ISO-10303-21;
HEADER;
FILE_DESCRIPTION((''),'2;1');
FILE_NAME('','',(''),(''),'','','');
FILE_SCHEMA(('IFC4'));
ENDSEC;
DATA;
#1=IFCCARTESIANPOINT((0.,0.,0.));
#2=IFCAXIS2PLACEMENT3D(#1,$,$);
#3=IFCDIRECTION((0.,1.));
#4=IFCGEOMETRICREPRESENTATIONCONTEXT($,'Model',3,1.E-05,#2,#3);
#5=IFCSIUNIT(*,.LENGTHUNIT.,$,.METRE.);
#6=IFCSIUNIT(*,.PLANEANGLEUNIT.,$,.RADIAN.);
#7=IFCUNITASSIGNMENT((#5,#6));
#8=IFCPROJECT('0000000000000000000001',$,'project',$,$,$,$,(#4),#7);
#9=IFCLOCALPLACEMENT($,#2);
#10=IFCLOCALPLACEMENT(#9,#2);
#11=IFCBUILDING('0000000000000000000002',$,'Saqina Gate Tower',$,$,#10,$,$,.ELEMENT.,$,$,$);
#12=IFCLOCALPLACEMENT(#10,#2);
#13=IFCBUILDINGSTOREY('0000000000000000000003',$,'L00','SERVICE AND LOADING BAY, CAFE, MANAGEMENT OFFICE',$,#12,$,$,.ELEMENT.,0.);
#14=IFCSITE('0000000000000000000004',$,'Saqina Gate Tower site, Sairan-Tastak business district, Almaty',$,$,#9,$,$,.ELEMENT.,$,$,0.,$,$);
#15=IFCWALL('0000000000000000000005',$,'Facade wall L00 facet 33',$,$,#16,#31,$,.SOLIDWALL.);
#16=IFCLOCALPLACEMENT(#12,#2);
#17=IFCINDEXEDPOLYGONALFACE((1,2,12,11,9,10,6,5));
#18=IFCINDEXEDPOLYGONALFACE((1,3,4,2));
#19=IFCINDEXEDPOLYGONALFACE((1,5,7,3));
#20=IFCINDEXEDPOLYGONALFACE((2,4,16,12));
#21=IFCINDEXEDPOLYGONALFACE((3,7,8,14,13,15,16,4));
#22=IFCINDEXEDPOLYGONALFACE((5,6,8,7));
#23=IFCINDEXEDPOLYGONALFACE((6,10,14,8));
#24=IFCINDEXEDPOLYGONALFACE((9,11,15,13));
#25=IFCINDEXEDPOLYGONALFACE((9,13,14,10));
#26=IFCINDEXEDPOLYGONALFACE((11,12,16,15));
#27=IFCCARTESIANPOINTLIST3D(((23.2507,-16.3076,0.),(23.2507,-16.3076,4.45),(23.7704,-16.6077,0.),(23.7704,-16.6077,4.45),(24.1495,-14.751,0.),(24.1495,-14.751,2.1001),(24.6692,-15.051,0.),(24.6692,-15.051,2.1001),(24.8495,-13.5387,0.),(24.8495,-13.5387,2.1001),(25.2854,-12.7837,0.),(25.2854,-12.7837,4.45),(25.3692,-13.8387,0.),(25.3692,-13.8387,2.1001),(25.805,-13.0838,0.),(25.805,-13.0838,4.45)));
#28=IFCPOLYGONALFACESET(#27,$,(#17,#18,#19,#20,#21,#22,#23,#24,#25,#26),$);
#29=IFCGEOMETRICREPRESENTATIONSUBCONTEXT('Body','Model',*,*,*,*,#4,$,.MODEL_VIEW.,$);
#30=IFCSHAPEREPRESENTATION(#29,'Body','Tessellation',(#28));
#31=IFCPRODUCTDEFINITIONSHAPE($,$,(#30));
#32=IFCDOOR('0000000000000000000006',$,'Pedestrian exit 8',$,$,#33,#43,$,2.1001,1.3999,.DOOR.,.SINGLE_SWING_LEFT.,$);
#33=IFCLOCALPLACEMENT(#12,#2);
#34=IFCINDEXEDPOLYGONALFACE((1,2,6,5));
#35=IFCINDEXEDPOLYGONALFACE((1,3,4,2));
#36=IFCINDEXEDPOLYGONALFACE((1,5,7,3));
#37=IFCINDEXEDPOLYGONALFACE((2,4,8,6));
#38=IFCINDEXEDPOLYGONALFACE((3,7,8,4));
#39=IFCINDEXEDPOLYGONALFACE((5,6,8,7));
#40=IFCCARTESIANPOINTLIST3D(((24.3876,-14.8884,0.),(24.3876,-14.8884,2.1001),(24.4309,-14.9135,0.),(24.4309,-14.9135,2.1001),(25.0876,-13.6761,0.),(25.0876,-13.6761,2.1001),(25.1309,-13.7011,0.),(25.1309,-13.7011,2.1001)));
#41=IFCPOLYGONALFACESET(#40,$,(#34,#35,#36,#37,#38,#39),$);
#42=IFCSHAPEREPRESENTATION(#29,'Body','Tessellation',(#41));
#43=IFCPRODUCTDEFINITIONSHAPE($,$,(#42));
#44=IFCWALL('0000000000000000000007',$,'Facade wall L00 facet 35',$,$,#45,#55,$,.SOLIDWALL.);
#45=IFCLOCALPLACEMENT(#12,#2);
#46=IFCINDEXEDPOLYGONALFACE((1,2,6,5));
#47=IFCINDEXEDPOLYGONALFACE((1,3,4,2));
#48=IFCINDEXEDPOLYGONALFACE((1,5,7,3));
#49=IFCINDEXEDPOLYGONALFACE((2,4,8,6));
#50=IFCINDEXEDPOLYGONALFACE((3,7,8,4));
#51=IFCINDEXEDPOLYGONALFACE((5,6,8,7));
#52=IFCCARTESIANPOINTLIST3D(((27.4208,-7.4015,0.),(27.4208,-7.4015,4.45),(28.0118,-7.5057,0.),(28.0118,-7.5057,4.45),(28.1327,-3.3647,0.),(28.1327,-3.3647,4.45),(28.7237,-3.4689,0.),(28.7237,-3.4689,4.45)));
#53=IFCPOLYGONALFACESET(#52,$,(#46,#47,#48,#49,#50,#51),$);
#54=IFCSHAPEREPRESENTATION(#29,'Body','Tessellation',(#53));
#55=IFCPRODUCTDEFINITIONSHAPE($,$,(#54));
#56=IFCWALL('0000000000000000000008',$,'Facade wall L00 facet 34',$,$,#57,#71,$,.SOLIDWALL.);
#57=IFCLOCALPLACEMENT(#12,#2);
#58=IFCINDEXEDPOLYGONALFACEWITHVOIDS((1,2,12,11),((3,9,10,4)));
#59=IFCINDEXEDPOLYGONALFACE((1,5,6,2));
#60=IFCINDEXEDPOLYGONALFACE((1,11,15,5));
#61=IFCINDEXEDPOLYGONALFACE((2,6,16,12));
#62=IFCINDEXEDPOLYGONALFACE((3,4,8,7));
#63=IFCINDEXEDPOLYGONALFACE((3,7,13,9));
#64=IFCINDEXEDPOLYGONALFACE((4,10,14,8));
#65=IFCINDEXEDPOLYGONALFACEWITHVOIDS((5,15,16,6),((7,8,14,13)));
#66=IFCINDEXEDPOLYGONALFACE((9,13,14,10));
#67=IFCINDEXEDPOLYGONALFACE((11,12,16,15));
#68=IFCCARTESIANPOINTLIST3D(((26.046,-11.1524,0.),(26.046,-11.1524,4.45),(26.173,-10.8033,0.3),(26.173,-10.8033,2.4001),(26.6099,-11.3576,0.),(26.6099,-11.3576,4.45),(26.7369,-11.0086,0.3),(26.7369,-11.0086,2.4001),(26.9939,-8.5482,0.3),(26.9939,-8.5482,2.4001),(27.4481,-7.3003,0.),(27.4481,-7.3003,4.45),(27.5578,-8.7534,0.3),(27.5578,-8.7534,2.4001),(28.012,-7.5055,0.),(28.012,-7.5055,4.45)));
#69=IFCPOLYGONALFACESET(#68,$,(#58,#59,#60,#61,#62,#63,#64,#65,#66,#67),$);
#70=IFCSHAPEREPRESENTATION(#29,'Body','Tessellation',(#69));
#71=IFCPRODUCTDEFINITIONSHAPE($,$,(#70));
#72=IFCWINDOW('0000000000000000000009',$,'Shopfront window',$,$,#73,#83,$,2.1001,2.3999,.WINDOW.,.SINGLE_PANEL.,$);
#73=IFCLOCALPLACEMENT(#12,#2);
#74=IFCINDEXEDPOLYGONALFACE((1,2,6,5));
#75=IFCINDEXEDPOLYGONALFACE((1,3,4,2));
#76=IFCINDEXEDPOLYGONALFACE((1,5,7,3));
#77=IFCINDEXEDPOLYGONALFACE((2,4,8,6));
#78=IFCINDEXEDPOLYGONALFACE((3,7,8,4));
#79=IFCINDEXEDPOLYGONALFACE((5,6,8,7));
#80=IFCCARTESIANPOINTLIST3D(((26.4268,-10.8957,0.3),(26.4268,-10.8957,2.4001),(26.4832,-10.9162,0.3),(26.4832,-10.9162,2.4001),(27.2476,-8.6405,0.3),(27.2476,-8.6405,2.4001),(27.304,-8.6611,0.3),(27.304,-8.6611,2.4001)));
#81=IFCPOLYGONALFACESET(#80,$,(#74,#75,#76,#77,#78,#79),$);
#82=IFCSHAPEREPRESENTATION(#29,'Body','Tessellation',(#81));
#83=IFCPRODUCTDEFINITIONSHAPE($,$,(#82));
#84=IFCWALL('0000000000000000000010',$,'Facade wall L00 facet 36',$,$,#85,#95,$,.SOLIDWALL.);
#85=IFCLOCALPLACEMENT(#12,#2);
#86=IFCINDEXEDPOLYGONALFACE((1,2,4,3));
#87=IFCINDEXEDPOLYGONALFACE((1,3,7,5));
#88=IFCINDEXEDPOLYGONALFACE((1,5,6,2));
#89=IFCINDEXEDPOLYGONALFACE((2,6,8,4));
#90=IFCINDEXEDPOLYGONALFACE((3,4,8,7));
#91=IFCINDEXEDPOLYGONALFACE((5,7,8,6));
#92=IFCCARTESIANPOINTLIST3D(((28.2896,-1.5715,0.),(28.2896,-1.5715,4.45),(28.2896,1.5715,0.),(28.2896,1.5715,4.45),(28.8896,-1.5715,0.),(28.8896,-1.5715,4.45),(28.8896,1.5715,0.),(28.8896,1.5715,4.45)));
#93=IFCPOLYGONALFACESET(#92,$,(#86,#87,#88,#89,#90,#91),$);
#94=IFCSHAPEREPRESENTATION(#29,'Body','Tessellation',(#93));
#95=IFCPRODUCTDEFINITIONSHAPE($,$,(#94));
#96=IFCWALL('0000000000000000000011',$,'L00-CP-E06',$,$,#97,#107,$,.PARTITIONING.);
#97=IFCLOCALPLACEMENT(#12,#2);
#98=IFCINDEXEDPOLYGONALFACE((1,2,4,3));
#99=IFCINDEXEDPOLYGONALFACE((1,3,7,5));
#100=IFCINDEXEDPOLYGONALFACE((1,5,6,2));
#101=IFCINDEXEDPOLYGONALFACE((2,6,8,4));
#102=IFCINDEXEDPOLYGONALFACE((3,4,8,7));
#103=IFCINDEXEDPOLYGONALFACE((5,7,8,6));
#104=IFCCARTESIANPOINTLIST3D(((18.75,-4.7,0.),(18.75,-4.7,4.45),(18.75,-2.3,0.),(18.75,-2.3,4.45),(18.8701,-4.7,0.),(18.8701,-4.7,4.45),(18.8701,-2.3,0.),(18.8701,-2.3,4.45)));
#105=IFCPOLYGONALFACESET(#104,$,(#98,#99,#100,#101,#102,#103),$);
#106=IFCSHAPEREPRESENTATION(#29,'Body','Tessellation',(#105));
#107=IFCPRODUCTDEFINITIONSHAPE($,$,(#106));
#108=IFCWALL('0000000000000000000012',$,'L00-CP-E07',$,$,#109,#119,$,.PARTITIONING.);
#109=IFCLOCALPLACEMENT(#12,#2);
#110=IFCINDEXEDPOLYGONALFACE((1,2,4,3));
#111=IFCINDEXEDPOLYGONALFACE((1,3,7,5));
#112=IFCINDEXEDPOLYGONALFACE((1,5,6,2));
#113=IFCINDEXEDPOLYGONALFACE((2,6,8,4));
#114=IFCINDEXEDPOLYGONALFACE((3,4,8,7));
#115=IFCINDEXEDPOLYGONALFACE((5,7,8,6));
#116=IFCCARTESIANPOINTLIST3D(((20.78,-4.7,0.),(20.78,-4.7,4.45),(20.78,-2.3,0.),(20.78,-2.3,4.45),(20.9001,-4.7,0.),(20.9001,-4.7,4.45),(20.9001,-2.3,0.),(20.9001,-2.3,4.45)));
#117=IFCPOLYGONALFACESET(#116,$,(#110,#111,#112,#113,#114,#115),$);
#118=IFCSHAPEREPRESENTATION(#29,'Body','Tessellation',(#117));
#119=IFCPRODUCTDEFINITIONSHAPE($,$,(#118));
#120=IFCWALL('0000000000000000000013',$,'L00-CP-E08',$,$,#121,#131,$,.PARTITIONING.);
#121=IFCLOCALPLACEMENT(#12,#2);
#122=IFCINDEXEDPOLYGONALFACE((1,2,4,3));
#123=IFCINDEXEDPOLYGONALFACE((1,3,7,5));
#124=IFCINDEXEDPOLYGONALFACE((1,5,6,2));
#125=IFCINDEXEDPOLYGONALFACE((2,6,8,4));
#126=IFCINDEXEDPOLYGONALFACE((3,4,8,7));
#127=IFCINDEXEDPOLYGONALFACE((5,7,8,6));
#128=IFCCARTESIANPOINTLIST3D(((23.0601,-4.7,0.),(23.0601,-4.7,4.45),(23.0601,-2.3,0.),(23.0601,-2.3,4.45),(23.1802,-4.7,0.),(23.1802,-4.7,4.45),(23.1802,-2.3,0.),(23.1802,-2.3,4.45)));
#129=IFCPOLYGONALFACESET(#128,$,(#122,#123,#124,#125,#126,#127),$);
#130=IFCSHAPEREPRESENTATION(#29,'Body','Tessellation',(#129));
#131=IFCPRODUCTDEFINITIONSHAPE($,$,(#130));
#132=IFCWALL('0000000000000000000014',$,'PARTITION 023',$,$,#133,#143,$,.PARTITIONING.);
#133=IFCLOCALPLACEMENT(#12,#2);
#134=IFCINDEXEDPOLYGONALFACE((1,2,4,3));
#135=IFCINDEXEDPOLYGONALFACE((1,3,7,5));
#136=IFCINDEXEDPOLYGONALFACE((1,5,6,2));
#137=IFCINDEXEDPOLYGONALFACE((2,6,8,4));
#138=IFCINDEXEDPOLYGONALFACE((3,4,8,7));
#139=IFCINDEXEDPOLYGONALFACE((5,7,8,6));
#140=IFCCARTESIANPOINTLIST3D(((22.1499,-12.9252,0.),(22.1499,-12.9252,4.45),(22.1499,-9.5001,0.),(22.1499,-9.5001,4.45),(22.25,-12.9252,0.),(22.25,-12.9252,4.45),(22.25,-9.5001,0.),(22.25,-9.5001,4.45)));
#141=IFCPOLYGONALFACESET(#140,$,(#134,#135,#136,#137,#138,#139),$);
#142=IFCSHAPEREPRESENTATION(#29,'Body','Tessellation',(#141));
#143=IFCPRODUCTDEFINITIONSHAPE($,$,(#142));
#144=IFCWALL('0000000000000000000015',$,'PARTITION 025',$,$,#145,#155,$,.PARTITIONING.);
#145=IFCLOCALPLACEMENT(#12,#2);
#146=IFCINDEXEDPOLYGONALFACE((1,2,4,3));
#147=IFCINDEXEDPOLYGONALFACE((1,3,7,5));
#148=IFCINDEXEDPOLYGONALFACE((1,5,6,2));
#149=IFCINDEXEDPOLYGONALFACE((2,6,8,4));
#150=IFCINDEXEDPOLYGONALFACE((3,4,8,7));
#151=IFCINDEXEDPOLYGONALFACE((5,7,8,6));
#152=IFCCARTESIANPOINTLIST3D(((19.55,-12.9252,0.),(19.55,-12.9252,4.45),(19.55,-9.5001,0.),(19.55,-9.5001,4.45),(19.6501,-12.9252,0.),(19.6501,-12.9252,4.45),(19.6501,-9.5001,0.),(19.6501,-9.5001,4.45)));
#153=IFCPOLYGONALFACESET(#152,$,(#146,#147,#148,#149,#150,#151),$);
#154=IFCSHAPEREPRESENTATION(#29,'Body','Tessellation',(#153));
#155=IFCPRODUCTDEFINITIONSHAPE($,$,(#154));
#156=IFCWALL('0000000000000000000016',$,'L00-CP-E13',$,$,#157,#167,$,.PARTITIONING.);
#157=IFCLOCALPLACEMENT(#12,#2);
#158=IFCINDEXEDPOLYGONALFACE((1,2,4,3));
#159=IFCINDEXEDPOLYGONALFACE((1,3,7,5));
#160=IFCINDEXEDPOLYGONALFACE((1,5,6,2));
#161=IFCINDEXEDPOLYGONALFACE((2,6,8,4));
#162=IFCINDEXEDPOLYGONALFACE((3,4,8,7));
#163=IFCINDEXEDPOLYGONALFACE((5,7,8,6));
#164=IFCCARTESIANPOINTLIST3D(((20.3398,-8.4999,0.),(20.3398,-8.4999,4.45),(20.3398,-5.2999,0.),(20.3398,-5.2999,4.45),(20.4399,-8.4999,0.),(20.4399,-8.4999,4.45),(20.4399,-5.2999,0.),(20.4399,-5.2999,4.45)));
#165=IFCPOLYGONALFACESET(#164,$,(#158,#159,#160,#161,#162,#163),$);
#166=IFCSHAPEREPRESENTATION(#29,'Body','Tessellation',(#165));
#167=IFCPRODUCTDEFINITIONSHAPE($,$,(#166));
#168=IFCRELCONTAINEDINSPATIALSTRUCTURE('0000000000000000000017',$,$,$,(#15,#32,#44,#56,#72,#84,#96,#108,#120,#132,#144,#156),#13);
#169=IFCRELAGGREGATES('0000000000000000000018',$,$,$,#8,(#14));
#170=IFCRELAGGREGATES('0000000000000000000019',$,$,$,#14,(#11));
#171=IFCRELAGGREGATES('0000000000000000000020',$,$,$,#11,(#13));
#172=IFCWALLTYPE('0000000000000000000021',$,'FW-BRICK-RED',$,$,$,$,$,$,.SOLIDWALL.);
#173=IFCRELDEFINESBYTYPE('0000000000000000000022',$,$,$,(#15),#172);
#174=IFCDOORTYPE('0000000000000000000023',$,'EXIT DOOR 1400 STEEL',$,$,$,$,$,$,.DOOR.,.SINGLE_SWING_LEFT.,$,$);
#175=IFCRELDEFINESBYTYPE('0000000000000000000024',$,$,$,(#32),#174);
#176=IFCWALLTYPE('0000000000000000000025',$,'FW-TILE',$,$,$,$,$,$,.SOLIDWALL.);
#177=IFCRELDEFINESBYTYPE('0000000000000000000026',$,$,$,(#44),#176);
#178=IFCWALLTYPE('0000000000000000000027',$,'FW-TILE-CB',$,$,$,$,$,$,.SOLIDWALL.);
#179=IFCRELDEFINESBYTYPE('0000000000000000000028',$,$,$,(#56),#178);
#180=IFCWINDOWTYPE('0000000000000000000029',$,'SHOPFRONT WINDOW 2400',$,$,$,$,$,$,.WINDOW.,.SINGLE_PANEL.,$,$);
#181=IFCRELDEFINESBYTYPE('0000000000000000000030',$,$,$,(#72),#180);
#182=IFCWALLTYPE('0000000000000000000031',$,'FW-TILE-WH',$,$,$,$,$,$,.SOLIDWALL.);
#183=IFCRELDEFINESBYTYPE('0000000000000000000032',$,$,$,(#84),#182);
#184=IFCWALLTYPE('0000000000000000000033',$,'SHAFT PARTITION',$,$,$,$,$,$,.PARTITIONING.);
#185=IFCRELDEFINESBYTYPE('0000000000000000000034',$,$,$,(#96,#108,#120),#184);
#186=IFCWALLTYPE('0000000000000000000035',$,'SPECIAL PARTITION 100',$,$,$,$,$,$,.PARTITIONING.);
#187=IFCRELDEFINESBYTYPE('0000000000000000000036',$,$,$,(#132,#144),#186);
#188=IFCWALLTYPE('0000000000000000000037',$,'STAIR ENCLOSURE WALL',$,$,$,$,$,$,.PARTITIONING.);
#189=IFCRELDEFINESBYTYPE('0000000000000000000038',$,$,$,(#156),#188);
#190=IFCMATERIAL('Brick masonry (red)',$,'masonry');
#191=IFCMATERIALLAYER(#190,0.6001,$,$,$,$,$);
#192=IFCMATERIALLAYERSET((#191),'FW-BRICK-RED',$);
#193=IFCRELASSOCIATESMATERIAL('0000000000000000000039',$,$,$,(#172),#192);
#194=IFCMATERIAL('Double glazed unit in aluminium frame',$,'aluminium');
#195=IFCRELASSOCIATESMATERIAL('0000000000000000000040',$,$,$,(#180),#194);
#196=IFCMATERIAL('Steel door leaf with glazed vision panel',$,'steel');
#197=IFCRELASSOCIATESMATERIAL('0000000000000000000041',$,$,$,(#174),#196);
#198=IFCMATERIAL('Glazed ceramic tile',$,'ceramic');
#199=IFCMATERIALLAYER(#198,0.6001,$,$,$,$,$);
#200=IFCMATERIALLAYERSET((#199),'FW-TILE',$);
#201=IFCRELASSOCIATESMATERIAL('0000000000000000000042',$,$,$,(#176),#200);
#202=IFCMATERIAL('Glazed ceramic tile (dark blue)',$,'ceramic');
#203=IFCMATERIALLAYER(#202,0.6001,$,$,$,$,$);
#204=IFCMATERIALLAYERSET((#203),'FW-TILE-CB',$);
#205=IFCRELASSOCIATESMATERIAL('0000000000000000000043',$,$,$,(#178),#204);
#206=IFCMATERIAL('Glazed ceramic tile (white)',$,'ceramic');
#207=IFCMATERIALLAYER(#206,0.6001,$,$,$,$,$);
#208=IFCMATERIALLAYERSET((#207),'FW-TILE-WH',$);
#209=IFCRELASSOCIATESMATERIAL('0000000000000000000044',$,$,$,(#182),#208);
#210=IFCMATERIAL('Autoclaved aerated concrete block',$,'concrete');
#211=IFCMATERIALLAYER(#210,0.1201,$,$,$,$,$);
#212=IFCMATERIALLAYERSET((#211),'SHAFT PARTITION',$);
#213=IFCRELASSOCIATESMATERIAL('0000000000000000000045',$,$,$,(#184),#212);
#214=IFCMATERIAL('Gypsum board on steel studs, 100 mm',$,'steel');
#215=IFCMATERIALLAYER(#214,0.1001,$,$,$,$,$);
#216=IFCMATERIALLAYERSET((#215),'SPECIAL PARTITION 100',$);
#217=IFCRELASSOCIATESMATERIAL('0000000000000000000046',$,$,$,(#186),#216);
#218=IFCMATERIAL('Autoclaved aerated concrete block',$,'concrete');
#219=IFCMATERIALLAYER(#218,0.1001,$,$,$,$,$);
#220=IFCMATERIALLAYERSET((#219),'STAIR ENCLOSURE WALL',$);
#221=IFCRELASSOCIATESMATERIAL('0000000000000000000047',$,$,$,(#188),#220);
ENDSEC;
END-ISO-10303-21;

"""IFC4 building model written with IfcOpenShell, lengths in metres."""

from ifc_helpers import new_model, si_unit, direction, frame, frame_2d, origin, place, context, subcontext, project, spatial, rectangle, extrude, material, layer, layer_set, type_object, element, fill, save


model = new_model("IFC4")

# Units and contexts
model_context = context("Model", 3, precision=1e-05, world=origin(), true_north=direction((0.0, 1.0)))
body_context = subcontext(model_context, "Body", "Model", "MODEL_VIEW")
ifc_project = project(units=[si_unit("LENGTHUNIT", "METRE"), si_unit("PLANEANGLEUNIT", "RADIAN")], contexts=[model_context])

# Site, building, storey
site_placement = place(None, origin())
site = spatial("IfcSite", under=ifc_project, at=site_placement, Name="Saqina Gate Tower site, Sairan-Tastak business district, Almaty", CompositionType="ELEMENT", RefElevation=0.0)
building_placement = place(site_placement, origin())
building = spatial("IfcBuilding", under=site, at=building_placement, Name="Saqina Gate Tower", CompositionType="ELEMENT")
storey_placement = place(building_placement, origin())
storey = spatial("IfcBuildingStorey", under=building, at=storey_placement, Name="L00", Description="SERVICE AND LOADING BAY, CAFE, MANAGEMENT OFFICE", CompositionType="ELEMENT", Elevation=0.0)

# Shared definitions
ifc_material_1 = material(Name="Brick masonry (red)", Category="masonry")
ifc_layer_1 = layer(ifc_material_1, 0.6001)
ifc_layer_set_1 = layer_set([ifc_layer_1], Name="FW-BRICK-RED")
wall_type_1 = type_object("IfcWallType", Name="FW-BRICK-RED", PredefinedType="SOLIDWALL", material=ifc_layer_set_1)
ifc_material_2 = material(Name="Double glazed unit in aluminium frame", Category="aluminium")
window_type = type_object("IfcWindowType", Name="SHOPFRONT WINDOW 2400", PartitioningType="SINGLE_PANEL", PredefinedType="WINDOW", material=ifc_material_2)

# Wall, opening, door
wall_1_placement = place(storey_placement, frame((23.5105, -16.4578, 0.0), z_axis=(0.0, 0.0, 1.0), x_axis=(0.500024, 0.866012, 0.0)))
wall_1 = element("IfcWall", 1, at=wall_1_placement, inside=storey, type_object=wall_type_1, Name="Facade wall L00 facet 33", PredefinedType="SOLIDWALL", context=body_context, shape_type="SweptSolid", body=[
    extrude(rectangle(XDim=4.0691, YDim=0.6001, at=frame_2d((2.0347, 0.0))), origin(), (0.0, 0.0, 1.0), 4.45),
])
opening_1_placement = place(wall_1_placement, frame((1.7976, 0.0, 0.0)))
opening_1 = element("IfcOpeningElement", 2, at=opening_1_placement, cuts=wall_1, PredefinedType="OPENING", context=body_context, shape_type="SweptSolid", body=[
    extrude(rectangle(XDim=1.3999, YDim=2.1001, at=frame_2d((0.7, 1.05))), frame((0.0, 0.312, 0.0), z_axis=(0.0, -1.0, 0.0), x_axis=(1.0, 0.0, 0.0)), (0.0, 0.0, 1.0), 0.624),
])
ifc_material_3 = material(Name="Steel door leaf with glazed vision panel", Category="steel")
door_type_1 = type_object("IfcDoorType", Name="EXIT DOOR 1400 STEEL", OperationType="SINGLE_SWING_LEFT", PredefinedType="DOOR", material=ifc_material_3)
door_1_placement = place(opening_1_placement, frame((1.3999, 0.0, 0.0), z_axis=(0.0, 0.0, 1.0), x_axis=(-1.0, 0.0, 0.0)))
door_1 = element("IfcDoor", 3, at=door_1_placement, inside=storey, type_object=door_type_1, Name="Pedestrian exit 8", OperationType="SINGLE_SWING_LEFT", OverallHeight=2.1001, OverallWidth=1.3999, PredefinedType="DOOR", context=body_context, shape_type="SweptSolid", body=[
    extrude(rectangle(XDim=1.3999, YDim=2.1001, at=frame_2d((0.7, 1.05))), frame((0.0, 0.0249, 0.0), z_axis=(0.0, -1.0, 0.0), x_axis=(1.0, 0.0, 0.0)), (0.0, 0.0, 1.0), 0.05),
])
fill(opening_1, door_1)

# Wall
ifc_material_4 = material(Name="Glazed ceramic tile", Category="ceramic")
ifc_layer_2 = layer(ifc_material_4, 0.6001)
ifc_layer_set_2 = layer_set([ifc_layer_2], Name="FW-TILE")
wall_type_2 = type_object("IfcWallType", Name="FW-TILE", PredefinedType="SOLIDWALL", material=ifc_layer_set_2)
wall_2_placement = place(storey_placement, frame((27.7163, -7.4536, 0.0), z_axis=(0.0, 0.0, 1.0), x_axis=(0.173673, 0.984803, 0.0)))
element("IfcWall", 4, at=wall_2_placement, inside=storey, type_object=wall_type_2, Name="Facade wall L00 facet 35", PredefinedType="SOLIDWALL", context=body_context, shape_type="SweptSolid", body=[
    extrude(rectangle(XDim=4.0991, YDim=0.6001, at=frame_2d((2.0496, 0.0))), origin(), (0.0, 0.0, 1.0), 4.45),
])

# Wall, opening, window
ifc_material_5 = material(Name="Glazed ceramic tile (dark blue)", Category="ceramic")
ifc_layer_3 = layer(ifc_material_5, 0.6001)
ifc_layer_set_3 = layer_set([ifc_layer_3], Name="FW-TILE-CB")
wall_type_3 = type_object("IfcWallType", Name="FW-TILE-CB", PredefinedType="SOLIDWALL", material=ifc_layer_set_3)
wall_3_placement = place(storey_placement, frame((26.3279, -11.2551, 0.0), z_axis=(0.0, 0.0, 1.0), x_axis=(0.342035, 0.939687, 0.0)))
wall_3 = element("IfcWall", 5, at=wall_3_placement, inside=storey, type_object=wall_type_3, Name="Facade wall L00 facet 34", PredefinedType="SOLIDWALL", context=body_context, shape_type="SweptSolid", body=[
    extrude(rectangle(XDim=4.0994, YDim=0.6001, at=frame_2d((2.0498, 0.0))), origin(), (0.0, 0.0, 1.0), 4.45),
])
opening_2_placement = place(wall_3_placement, frame((0.3716, 0.0, 0.3)))
opening_2 = element("IfcOpeningElement", 6, at=opening_2_placement, cuts=wall_3, PredefinedType="OPENING", context=body_context, shape_type="SweptSolid", body=[
    extrude(rectangle(XDim=2.3999, YDim=2.1001, at=frame_2d((1.2, 1.05))), frame((0.0, 0.312, 0.0), z_axis=(0.0, -1.0, 0.0), x_axis=(1.0, 0.0, 0.0)), (0.0, 0.0, 1.0), 0.624),
])
window_1_placement = place(opening_2_placement, origin())
window_1 = element("IfcWindow", 7, at=window_1_placement, inside=storey, type_object=window_type, Name="Shopfront window", OverallHeight=2.1001, OverallWidth=2.3999, PartitioningType="SINGLE_PANEL", PredefinedType="WINDOW", context=body_context, shape_type="SweptSolid", body=[
    extrude(rectangle(XDim=2.3999, YDim=2.1001, at=frame_2d((1.2, 1.05))), frame((0.0, 0.03, 0.0), z_axis=(0.0, -1.0, 0.0), x_axis=(1.0, 0.0, 0.0)), (0.0, 0.0, 1.0), 0.0601),
])
fill(opening_2, window_1)

# Walls
ifc_material_6 = material(Name="Glazed ceramic tile (white)", Category="ceramic")
ifc_layer_4 = layer(ifc_material_6, 0.6001)
ifc_layer_set_4 = layer_set([ifc_layer_4], Name="FW-TILE-WH")
wall_type_4 = type_object("IfcWallType", Name="FW-TILE-WH", PredefinedType="SOLIDWALL", material=ifc_layer_set_4)
wall_4_placement = place(storey_placement, frame((28.5896, -1.5715, 0.0), z_axis=(0.0, 0.0, 1.0), x_axis=(0.0, 1.0, 0.0)))
element("IfcWall", 8, at=wall_4_placement, inside=storey, type_object=wall_type_4, Name="Facade wall L00 facet 36", PredefinedType="SOLIDWALL", context=body_context, shape_type="SweptSolid", body=[
    extrude(rectangle(XDim=3.1431, YDim=0.6001, at=frame_2d((1.5715, 0.0))), origin(), (0.0, 0.0, 1.0), 4.45),
])
ifc_material_7 = material(Name="Autoclaved aerated concrete block", Category="concrete")
ifc_layer_5 = layer(ifc_material_7, 0.1201)
ifc_layer_set_5 = layer_set([ifc_layer_5], Name="SHAFT PARTITION")
wall_type_5 = type_object("IfcWallType", Name="SHAFT PARTITION", PredefinedType="PARTITIONING", material=ifc_layer_set_5)
for number, where, z_axis, x_axis, name in (
    (9, (18.8101, -4.7, 0.0), (0.0, 0.0, 1.0), (0.0, 1.0, 0.0), "L00-CP-E06"),
    (10, (20.8401, -4.7, 0.0), (0.0, 0.0, 1.0), (0.0, 1.0, 0.0), "L00-CP-E07"),
    (11, (23.1201, -4.7, 0.0), (0.0, 0.0, 1.0), (0.0, 1.0, 0.0), "L00-CP-E08"),
):
    element("IfcWall", number, at=place(storey_placement, frame(where, z_axis=z_axis, x_axis=x_axis)), inside=storey, type_object=wall_type_5, Name=name, PredefinedType="PARTITIONING", context=body_context, shape_type="SweptSolid", body=[
        extrude(rectangle(XDim=2.3999, YDim=0.1201, at=frame_2d((1.2, 0.0))), origin(), (0.0, 0.0, 1.0), 4.45),
    ])
ifc_material_8 = material(Name="Gypsum board on steel studs, 100 mm", Category="steel")
ifc_layer_6 = layer(ifc_material_8, 0.1001)
ifc_layer_set_6 = layer_set([ifc_layer_6], Name="SPECIAL PARTITION 100")
wall_type_6 = type_object("IfcWallType", Name="SPECIAL PARTITION 100", PredefinedType="PARTITIONING", material=ifc_layer_set_6)
for number, where, z_axis, x_axis, name in (
    (12, (22.2, -12.925, 0.0), (0.0, 0.0, 1.0), (0.0, 1.0, 0.0), "PARTITION 023"),
    (13, (19.6001, -12.925, 0.0), (0.0, 0.0, 1.0), (0.0, 1.0, 0.0), "PARTITION 025"),
):
    element("IfcWall", number, at=place(storey_placement, frame(where, z_axis=z_axis, x_axis=x_axis)), inside=storey, type_object=wall_type_6, Name=name, PredefinedType="PARTITIONING", context=body_context, shape_type="SweptSolid", body=[
        extrude(rectangle(XDim=3.425, YDim=0.1001, at=frame_2d((1.7124, 0.0))), origin(), (0.0, 0.0, 1.0), 4.45),
    ])
ifc_material_9 = material(Name="Autoclaved aerated concrete block", Category="concrete")
ifc_layer_7 = layer(ifc_material_9, 0.1001)
ifc_layer_set_7 = layer_set([ifc_layer_7], Name="STAIR ENCLOSURE WALL")
wall_type_7 = type_object("IfcWallType", Name="STAIR ENCLOSURE WALL", PredefinedType="PARTITIONING", material=ifc_layer_set_7)
wall_5_placement = place(storey_placement, frame((20.3899, -8.5, 0.0), z_axis=(0.0, 0.0, 1.0), x_axis=(0.0, 1.0, 0.0)))
element("IfcWall", 14, at=wall_5_placement, inside=storey, type_object=wall_type_7, Name="L00-CP-E13", PredefinedType="PARTITIONING", context=body_context, shape_type="SweptSolid", body=[
    extrude(rectangle(XDim=3.2, YDim=0.1001, at=frame_2d((1.6001, 0.0))), origin(), (0.0, 0.0, 1.0), 4.45),
])

save(model, "model.ifc")
